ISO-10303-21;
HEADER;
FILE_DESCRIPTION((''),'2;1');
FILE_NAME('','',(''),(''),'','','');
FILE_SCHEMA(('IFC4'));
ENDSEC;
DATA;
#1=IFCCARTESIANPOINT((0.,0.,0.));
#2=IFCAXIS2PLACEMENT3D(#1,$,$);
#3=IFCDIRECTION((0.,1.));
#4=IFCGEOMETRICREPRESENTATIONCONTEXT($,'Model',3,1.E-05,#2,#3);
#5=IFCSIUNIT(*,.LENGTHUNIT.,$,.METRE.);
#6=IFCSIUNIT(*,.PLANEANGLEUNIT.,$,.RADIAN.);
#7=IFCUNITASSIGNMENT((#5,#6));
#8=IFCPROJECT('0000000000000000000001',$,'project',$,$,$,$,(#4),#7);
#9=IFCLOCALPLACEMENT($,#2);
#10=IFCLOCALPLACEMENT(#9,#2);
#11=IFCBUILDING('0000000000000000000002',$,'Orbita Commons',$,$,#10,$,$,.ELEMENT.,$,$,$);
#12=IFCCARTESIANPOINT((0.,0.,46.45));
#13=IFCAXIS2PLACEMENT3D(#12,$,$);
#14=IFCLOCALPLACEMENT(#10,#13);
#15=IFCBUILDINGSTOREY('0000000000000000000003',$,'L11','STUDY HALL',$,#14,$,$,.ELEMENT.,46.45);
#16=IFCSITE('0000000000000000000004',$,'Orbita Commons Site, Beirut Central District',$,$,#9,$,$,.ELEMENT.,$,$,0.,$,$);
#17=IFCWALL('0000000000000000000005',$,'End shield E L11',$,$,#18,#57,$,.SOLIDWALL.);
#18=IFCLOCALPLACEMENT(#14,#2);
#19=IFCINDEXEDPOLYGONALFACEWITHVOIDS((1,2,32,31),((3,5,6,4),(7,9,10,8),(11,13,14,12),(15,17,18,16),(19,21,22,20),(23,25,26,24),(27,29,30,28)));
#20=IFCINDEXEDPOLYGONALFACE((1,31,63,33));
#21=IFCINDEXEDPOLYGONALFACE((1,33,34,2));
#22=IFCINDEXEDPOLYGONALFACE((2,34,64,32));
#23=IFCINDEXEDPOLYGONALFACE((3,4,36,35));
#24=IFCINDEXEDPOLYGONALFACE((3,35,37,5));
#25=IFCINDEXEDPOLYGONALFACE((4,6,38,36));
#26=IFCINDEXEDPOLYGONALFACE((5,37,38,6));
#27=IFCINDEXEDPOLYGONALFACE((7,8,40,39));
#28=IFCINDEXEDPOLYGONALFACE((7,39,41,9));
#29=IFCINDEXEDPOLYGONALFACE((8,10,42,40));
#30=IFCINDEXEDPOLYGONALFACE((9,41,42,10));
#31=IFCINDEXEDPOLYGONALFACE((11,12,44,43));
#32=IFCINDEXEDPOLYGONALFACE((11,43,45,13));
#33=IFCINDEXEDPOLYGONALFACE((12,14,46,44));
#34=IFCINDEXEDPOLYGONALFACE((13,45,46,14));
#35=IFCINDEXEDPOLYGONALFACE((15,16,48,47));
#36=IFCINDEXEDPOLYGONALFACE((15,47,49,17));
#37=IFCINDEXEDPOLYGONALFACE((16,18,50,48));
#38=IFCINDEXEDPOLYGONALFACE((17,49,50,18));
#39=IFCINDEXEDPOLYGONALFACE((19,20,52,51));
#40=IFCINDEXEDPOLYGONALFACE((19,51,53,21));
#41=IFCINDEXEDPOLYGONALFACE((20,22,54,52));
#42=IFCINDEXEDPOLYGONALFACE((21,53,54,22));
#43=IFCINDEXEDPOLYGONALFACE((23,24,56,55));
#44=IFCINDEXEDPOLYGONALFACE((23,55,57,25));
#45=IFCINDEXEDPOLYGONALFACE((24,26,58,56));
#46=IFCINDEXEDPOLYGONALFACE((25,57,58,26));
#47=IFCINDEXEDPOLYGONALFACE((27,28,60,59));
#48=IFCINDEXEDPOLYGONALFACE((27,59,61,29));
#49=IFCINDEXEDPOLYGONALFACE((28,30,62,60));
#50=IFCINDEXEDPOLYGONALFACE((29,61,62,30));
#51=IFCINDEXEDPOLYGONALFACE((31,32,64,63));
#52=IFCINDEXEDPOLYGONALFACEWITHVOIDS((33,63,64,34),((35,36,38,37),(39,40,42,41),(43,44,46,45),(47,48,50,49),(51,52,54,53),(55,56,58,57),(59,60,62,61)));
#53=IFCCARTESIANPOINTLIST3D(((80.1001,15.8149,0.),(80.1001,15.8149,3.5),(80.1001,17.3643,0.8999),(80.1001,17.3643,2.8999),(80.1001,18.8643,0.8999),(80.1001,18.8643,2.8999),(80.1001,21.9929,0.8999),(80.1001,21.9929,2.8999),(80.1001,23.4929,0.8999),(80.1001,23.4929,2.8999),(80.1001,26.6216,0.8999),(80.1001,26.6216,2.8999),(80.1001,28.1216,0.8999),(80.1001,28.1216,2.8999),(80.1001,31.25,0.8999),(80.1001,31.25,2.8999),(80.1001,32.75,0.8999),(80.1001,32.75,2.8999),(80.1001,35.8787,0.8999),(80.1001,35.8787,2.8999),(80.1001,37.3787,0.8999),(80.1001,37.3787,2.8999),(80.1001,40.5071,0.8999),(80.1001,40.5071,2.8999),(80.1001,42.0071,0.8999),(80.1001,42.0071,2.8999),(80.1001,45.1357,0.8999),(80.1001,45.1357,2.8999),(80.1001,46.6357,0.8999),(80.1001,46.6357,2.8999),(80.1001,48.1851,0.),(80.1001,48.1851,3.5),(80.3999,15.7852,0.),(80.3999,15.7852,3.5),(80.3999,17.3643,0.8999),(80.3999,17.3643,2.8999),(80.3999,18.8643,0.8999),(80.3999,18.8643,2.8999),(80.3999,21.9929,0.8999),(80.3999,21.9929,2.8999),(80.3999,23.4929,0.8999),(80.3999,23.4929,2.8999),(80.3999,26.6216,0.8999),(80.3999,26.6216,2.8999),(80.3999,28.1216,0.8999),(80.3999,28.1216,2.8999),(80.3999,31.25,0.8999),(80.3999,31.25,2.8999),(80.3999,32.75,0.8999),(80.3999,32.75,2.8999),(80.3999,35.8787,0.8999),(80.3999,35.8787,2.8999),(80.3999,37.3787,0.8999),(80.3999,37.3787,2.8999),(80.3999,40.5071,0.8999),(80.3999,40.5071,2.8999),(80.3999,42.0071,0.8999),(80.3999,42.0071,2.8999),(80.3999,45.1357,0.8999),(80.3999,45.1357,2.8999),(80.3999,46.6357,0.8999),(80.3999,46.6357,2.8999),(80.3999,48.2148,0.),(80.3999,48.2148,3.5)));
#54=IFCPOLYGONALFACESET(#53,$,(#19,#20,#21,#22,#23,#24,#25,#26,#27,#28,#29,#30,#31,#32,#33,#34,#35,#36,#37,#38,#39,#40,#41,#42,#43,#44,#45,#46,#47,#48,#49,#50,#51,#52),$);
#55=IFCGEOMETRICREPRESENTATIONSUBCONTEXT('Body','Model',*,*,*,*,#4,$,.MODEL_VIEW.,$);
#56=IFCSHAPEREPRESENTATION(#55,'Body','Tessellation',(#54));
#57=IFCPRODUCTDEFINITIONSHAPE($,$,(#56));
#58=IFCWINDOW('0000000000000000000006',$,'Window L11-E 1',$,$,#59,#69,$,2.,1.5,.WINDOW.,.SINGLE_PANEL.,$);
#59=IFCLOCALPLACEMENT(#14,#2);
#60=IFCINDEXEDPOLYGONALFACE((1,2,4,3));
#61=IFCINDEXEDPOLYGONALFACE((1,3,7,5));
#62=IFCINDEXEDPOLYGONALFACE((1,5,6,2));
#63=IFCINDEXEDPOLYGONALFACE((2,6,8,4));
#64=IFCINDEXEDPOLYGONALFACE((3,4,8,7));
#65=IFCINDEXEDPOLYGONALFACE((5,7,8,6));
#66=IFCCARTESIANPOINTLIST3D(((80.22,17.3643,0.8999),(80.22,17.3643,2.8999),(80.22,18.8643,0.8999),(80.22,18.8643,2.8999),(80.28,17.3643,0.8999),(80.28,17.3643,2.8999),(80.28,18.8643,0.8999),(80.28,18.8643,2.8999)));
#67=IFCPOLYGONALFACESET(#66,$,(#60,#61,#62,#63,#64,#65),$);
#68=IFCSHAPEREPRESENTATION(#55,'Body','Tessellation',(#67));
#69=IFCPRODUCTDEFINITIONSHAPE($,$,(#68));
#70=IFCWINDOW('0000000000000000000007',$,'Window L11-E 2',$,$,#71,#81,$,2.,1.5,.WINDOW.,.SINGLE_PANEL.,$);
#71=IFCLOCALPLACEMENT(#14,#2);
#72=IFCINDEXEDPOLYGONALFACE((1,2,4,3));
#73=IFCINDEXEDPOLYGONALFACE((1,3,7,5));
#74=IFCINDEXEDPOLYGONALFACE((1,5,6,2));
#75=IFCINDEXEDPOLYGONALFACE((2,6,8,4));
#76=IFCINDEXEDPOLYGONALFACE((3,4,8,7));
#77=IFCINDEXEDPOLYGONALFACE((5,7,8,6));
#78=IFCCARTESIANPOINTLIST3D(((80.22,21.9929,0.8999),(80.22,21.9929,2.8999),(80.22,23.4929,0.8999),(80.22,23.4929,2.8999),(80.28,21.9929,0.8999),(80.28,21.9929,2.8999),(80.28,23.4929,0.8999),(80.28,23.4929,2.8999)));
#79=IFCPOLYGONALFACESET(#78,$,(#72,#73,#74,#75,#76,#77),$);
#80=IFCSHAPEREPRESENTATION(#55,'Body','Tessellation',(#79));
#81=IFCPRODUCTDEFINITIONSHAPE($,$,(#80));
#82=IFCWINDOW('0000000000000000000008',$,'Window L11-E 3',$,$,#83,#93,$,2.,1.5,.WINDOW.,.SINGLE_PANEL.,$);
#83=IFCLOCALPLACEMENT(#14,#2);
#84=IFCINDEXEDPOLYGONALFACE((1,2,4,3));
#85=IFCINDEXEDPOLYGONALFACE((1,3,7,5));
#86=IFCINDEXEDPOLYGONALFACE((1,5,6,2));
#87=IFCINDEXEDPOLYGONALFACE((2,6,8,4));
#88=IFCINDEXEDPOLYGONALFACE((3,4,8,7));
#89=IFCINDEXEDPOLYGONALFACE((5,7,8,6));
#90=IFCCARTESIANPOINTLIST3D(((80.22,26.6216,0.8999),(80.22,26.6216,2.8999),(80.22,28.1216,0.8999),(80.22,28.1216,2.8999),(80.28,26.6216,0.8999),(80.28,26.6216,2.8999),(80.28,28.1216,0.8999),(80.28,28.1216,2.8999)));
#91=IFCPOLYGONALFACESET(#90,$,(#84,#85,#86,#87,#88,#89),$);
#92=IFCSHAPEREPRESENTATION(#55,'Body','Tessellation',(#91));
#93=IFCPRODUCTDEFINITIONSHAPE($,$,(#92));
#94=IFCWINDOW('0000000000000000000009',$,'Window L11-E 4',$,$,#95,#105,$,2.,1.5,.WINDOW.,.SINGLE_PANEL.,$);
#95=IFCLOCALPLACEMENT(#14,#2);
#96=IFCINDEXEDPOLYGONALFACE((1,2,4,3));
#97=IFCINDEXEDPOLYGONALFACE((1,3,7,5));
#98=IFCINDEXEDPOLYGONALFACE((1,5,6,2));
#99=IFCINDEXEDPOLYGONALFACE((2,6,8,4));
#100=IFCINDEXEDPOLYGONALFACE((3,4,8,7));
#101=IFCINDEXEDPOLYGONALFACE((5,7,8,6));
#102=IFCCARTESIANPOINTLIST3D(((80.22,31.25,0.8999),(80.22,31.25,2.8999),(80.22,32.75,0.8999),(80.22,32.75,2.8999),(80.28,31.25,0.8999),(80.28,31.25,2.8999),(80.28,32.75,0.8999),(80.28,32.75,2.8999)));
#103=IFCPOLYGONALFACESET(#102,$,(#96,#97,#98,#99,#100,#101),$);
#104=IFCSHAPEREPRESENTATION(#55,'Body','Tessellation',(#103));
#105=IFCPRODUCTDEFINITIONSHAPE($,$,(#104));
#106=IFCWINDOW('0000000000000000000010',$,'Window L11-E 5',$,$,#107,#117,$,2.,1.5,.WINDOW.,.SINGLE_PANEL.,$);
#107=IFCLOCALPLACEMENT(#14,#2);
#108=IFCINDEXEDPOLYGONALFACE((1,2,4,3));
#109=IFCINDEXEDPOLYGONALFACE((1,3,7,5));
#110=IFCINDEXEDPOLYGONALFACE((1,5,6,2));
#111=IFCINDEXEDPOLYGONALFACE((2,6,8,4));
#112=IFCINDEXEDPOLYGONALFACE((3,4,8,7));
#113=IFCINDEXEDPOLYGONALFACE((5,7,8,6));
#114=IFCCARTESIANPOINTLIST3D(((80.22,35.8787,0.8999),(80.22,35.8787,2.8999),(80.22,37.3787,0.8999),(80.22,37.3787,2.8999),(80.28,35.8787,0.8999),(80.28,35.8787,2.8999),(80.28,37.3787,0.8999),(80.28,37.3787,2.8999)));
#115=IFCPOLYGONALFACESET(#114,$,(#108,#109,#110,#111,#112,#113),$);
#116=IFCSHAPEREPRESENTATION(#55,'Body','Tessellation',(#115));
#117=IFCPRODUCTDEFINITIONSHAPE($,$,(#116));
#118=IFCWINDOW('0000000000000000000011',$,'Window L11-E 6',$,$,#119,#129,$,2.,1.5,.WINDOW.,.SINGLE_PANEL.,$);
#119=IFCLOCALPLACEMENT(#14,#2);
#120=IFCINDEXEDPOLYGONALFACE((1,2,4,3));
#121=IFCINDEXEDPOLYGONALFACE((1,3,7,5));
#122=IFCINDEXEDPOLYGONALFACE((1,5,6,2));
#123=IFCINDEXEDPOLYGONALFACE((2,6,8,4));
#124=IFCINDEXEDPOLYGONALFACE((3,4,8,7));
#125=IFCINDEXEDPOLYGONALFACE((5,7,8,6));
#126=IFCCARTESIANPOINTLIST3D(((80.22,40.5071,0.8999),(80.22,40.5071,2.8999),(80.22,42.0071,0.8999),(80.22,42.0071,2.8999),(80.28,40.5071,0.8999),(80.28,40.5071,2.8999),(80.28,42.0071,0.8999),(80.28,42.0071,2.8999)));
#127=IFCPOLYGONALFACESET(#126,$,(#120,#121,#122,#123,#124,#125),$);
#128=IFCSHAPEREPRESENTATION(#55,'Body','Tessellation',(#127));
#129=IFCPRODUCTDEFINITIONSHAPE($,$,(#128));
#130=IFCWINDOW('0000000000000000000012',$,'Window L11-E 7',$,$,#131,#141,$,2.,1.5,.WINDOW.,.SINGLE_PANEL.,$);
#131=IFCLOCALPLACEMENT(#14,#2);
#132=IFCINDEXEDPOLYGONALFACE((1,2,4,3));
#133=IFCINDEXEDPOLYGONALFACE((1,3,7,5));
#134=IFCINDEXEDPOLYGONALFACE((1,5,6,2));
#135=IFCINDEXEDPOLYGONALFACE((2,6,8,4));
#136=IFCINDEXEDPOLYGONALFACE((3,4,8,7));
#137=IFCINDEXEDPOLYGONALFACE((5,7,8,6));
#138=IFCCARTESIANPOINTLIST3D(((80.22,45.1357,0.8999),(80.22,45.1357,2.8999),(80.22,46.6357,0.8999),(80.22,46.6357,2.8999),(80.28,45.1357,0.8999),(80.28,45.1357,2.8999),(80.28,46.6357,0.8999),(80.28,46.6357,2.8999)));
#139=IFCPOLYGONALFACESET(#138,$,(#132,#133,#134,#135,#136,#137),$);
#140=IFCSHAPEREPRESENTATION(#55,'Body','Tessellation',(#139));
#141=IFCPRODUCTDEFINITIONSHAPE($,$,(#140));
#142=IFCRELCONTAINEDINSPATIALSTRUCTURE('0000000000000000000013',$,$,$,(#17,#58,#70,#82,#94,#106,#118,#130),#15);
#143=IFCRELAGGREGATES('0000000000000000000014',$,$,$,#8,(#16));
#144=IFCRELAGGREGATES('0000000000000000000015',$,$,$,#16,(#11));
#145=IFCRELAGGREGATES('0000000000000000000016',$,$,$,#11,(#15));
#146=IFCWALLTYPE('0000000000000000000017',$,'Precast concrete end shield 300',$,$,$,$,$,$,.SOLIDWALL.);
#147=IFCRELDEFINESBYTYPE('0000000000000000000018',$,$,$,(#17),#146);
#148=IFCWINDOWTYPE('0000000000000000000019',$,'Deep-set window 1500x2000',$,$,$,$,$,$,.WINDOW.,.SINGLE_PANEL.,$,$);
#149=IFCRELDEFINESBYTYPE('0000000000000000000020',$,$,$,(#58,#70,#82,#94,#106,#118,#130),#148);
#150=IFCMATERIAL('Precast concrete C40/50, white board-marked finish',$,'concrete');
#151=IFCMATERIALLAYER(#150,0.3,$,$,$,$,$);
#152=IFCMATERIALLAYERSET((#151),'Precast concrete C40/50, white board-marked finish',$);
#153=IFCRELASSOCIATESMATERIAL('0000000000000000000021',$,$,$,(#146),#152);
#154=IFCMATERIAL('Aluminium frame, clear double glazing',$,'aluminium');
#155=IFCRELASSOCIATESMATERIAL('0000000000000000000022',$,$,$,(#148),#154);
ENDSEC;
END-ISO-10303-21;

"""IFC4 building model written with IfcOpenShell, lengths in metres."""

from ifc_helpers import new_model, si_unit, direction, frame, frame_2d, origin, place, context, subcontext, project, spatial, polyline, rectangle, outline, extrude, material, layer, layer_set, type_object, element, fill, save


model = new_model("IFC4")

# Units and contexts
model_context = context("Model", 3, precision=1e-05, world=origin(), true_north=direction((0.0, 1.0)))
body_context = subcontext(model_context, "Body", "Model", "MODEL_VIEW")
ifc_project = project(units=[si_unit("LENGTHUNIT", "METRE"), si_unit("PLANEANGLEUNIT", "RADIAN")], contexts=[model_context])

# Site, building, storey
site_placement = place(None, origin())
site = spatial("IfcSite", under=ifc_project, at=site_placement, Name="Orbita Commons Site, Beirut Central District", CompositionType="ELEMENT", RefElevation=0.0)
building_placement = place(site_placement, origin())
building = spatial("IfcBuilding", under=site, at=building_placement, Name="Orbita Commons", CompositionType="ELEMENT")
storey_placement = place(building_placement, frame((0.0, 0.0, 46.45)))
storey = spatial("IfcBuildingStorey", under=building, at=storey_placement, Name="L11", Description="STUDY HALL", CompositionType="ELEMENT", Elevation=46.45)

# Wall, openings, windows
ifc_material_1 = material(Name="Precast concrete C40/50, white board-marked finish", Category="concrete")
ifc_layer_1 = layer(ifc_material_1, 0.3)
ifc_layer_set_1 = layer_set([ifc_layer_1], Name="Precast concrete C40/50, white board-marked finish")
wall_type_1 = type_object("IfcWallType", Name="Precast concrete end shield 300", PredefinedType="SOLIDWALL", material=ifc_layer_set_1)
wall_1_placement = place(storey_placement, frame((80.25, 15.8, 0.0), z_axis=(0.0, 0.0, 1.0), x_axis=(0.0, 1.0, 0.0)))
wall_1 = element("IfcWall", 1, at=wall_1_placement, inside=storey, type_object=wall_type_1, Name="End shield E L11", PredefinedType="SOLIDWALL", context=body_context, shape_type="SweptSolid", body=[
    extrude(outline(polyline([(-0.0149, -0.1499), (32.4148, -0.1499), (32.385, 0.1499), (0.0149, 0.1499), (-0.0149, -0.1499)])), origin(), (0.0, 0.0, 1.0), 3.5),
])
opening_1_placement = place(wall_1_placement, frame((1.5642, 0.0, 0.8999)))
opening_1 = element("IfcOpeningElement", 2, at=opening_1_placement, cuts=wall_1, PredefinedType="OPENING", context=body_context, shape_type="SweptSolid", body=[
    extrude(rectangle(XDim=1.5, YDim=2.0, at=frame_2d((0.75, 1.0))), frame((0.0, 0.1599, 0.0), z_axis=(0.0, -1.0, 0.0), x_axis=(1.0, 0.0, 0.0)), (0.0, 0.0, 1.0), 0.3201),
])
opening_2_placement = place(wall_1_placement, frame((6.1929, 0.0, 0.8999)))
opening_2 = element("IfcOpeningElement", 3, at=opening_2_placement, cuts=wall_1, PredefinedType="OPENING", context=body_context, shape_type="SweptSolid", body=[
    extrude(rectangle(XDim=1.5, YDim=2.0, at=frame_2d((0.75, 1.0))), frame((0.0, 0.1599, 0.0), z_axis=(0.0, -1.0, 0.0), x_axis=(1.0, 0.0, 0.0)), (0.0, 0.0, 1.0), 0.3201),
])
opening_3_placement = place(wall_1_placement, frame((10.8215, 0.0, 0.8999)))
opening_3 = element("IfcOpeningElement", 4, at=opening_3_placement, cuts=wall_1, PredefinedType="OPENING", context=body_context, shape_type="SweptSolid", body=[
    extrude(rectangle(XDim=1.5, YDim=2.0, at=frame_2d((0.75, 1.0))), frame((0.0, 0.1599, 0.0), z_axis=(0.0, -1.0, 0.0), x_axis=(1.0, 0.0, 0.0)), (0.0, 0.0, 1.0), 0.3201),
])
opening_4_placement = place(wall_1_placement, frame((15.45, 0.0, 0.8999)))
opening_4 = element("IfcOpeningElement", 5, at=opening_4_placement, cuts=wall_1, PredefinedType="OPENING", context=body_context, shape_type="SweptSolid", body=[
    extrude(rectangle(XDim=1.5, YDim=2.0, at=frame_2d((0.75, 1.0))), frame((0.0, 0.1599, 0.0), z_axis=(0.0, -1.0, 0.0), x_axis=(1.0, 0.0, 0.0)), (0.0, 0.0, 1.0), 0.3201),
])
opening_5_placement = place(wall_1_placement, frame((20.0786, 0.0, 0.8999)))
opening_5 = element("IfcOpeningElement", 6, at=opening_5_placement, cuts=wall_1, PredefinedType="OPENING", context=body_context, shape_type="SweptSolid", body=[
    extrude(rectangle(XDim=1.5, YDim=2.0, at=frame_2d((0.75, 1.0))), frame((0.0, 0.1599, 0.0), z_axis=(0.0, -1.0, 0.0), x_axis=(1.0, 0.0, 0.0)), (0.0, 0.0, 1.0), 0.3201),
])
opening_6_placement = place(wall_1_placement, frame((24.707, 0.0, 0.8999)))
opening_6 = element("IfcOpeningElement", 7, at=opening_6_placement, cuts=wall_1, PredefinedType="OPENING", context=body_context, shape_type="SweptSolid", body=[
    extrude(rectangle(XDim=1.5, YDim=2.0, at=frame_2d((0.75, 1.0))), frame((0.0, 0.1599, 0.0), z_axis=(0.0, -1.0, 0.0), x_axis=(1.0, 0.0, 0.0)), (0.0, 0.0, 1.0), 0.3201),
])
opening_7_placement = place(wall_1_placement, frame((29.3357, 0.0, 0.8999)))
opening_7 = element("IfcOpeningElement", 8, at=opening_7_placement, cuts=wall_1, PredefinedType="OPENING", context=body_context, shape_type="SweptSolid", body=[
    extrude(rectangle(XDim=1.5, YDim=2.0, at=frame_2d((0.75, 1.0))), frame((0.0, 0.1599, 0.0), z_axis=(0.0, -1.0, 0.0), x_axis=(1.0, 0.0, 0.0)), (0.0, 0.0, 1.0), 0.3201),
])
ifc_material_2 = material(Name="Aluminium frame, clear double glazing", Category="aluminium")
window_type = type_object("IfcWindowType", Name="Deep-set window 1500x2000", PartitioningType="SINGLE_PANEL", PredefinedType="WINDOW", material=ifc_material_2)
window_1_placement = place(opening_1_placement, origin())
window_1 = element("IfcWindow", 9, at=window_1_placement, inside=storey, type_object=window_type, Name="Window L11-E 1", OverallHeight=2.0, OverallWidth=1.5, PartitioningType="SINGLE_PANEL", PredefinedType="WINDOW", context=body_context, shape_type="SweptSolid", body=[
    extrude(rectangle(XDim=1.5, YDim=2.0, at=frame_2d((0.75, 1.0))), frame((0.0, 0.03, 0.0), z_axis=(0.0, -1.0, 0.0), x_axis=(1.0, 0.0, 0.0)), (0.0, 0.0, 1.0), 0.0601),
])
fill(opening_1, window_1)
window_2_placement = place(opening_2_placement, origin())
window_2 = element("IfcWindow", 10, at=window_2_placement, inside=storey, type_object=window_type, Name="Window L11-E 2", OverallHeight=2.0, OverallWidth=1.5, PartitioningType="SINGLE_PANEL", PredefinedType="WINDOW", context=body_context, shape_type="SweptSolid", body=[
    extrude(rectangle(XDim=1.5, YDim=2.0, at=frame_2d((0.75, 1.0))), frame((0.0, 0.03, 0.0), z_axis=(0.0, -1.0, 0.0), x_axis=(1.0, 0.0, 0.0)), (0.0, 0.0, 1.0), 0.0601),
])
fill(opening_2, window_2)
window_3_placement = place(opening_3_placement, origin())
window_3 = element("IfcWindow", 11, at=window_3_placement, inside=storey, type_object=window_type, Name="Window L11-E 3", OverallHeight=2.0, OverallWidth=1.5, PartitioningType="SINGLE_PANEL", PredefinedType="WINDOW", context=body_context, shape_type="SweptSolid", body=[
    extrude(rectangle(XDim=1.5, YDim=2.0, at=frame_2d((0.75, 1.0))), frame((0.0, 0.03, 0.0), z_axis=(0.0, -1.0, 0.0), x_axis=(1.0, 0.0, 0.0)), (0.0, 0.0, 1.0), 0.0601),
])
fill(opening_3, window_3)
window_4_placement = place(opening_4_placement, origin())
window_4 = element("IfcWindow", 12, at=window_4_placement, inside=storey, type_object=window_type, Name="Window L11-E 4", OverallHeight=2.0, OverallWidth=1.5, PartitioningType="SINGLE_PANEL", PredefinedType="WINDOW", context=body_context, shape_type="SweptSolid", body=[
    extrude(rectangle(XDim=1.5, YDim=2.0, at=frame_2d((0.75, 1.0))), frame((0.0, 0.03, 0.0), z_axis=(0.0, -1.0, 0.0), x_axis=(1.0, 0.0, 0.0)), (0.0, 0.0, 1.0), 0.0601),
])
fill(opening_4, window_4)
window_5_placement = place(opening_5_placement, origin())
window_5 = element("IfcWindow", 13, at=window_5_placement, inside=storey, type_object=window_type, Name="Window L11-E 5", OverallHeight=2.0, OverallWidth=1.5, PartitioningType="SINGLE_PANEL", PredefinedType="WINDOW", context=body_context, shape_type="SweptSolid", body=[
    extrude(rectangle(XDim=1.5, YDim=2.0, at=frame_2d((0.75, 1.0))), frame((0.0, 0.03, 0.0), z_axis=(0.0, -1.0, 0.0), x_axis=(1.0, 0.0, 0.0)), (0.0, 0.0, 1.0), 0.0601),
])
fill(opening_5, window_5)
window_6_placement = place(opening_6_placement, origin())
window_6 = element("IfcWindow", 14, at=window_6_placement, inside=storey, type_object=window_type, Name="Window L11-E 6", OverallHeight=2.0, OverallWidth=1.5, PartitioningType="SINGLE_PANEL", PredefinedType="WINDOW", context=body_context, shape_type="SweptSolid", body=[
    extrude(rectangle(XDim=1.5, YDim=2.0, at=frame_2d((0.75, 1.0))), frame((0.0, 0.03, 0.0), z_axis=(0.0, -1.0, 0.0), x_axis=(1.0, 0.0, 0.0)), (0.0, 0.0, 1.0), 0.0601),
])
fill(opening_6, window_6)
window_7_placement = place(opening_7_placement, origin())
window_7 = element("IfcWindow", 15, at=window_7_placement, inside=storey, type_object=window_type, Name="Window L11-E 7", OverallHeight=2.0, OverallWidth=1.5, PartitioningType="SINGLE_PANEL", PredefinedType="WINDOW", context=body_context, shape_type="SweptSolid", body=[
    extrude(rectangle(XDim=1.5, YDim=2.0, at=frame_2d((0.75, 1.0))), frame((0.0, 0.03, 0.0), z_axis=(0.0, -1.0, 0.0), x_axis=(1.0, 0.0, 0.0)), (0.0, 0.0, 1.0), 0.0601),
])
fill(opening_7, window_7)

save(model, "model.ifc")
